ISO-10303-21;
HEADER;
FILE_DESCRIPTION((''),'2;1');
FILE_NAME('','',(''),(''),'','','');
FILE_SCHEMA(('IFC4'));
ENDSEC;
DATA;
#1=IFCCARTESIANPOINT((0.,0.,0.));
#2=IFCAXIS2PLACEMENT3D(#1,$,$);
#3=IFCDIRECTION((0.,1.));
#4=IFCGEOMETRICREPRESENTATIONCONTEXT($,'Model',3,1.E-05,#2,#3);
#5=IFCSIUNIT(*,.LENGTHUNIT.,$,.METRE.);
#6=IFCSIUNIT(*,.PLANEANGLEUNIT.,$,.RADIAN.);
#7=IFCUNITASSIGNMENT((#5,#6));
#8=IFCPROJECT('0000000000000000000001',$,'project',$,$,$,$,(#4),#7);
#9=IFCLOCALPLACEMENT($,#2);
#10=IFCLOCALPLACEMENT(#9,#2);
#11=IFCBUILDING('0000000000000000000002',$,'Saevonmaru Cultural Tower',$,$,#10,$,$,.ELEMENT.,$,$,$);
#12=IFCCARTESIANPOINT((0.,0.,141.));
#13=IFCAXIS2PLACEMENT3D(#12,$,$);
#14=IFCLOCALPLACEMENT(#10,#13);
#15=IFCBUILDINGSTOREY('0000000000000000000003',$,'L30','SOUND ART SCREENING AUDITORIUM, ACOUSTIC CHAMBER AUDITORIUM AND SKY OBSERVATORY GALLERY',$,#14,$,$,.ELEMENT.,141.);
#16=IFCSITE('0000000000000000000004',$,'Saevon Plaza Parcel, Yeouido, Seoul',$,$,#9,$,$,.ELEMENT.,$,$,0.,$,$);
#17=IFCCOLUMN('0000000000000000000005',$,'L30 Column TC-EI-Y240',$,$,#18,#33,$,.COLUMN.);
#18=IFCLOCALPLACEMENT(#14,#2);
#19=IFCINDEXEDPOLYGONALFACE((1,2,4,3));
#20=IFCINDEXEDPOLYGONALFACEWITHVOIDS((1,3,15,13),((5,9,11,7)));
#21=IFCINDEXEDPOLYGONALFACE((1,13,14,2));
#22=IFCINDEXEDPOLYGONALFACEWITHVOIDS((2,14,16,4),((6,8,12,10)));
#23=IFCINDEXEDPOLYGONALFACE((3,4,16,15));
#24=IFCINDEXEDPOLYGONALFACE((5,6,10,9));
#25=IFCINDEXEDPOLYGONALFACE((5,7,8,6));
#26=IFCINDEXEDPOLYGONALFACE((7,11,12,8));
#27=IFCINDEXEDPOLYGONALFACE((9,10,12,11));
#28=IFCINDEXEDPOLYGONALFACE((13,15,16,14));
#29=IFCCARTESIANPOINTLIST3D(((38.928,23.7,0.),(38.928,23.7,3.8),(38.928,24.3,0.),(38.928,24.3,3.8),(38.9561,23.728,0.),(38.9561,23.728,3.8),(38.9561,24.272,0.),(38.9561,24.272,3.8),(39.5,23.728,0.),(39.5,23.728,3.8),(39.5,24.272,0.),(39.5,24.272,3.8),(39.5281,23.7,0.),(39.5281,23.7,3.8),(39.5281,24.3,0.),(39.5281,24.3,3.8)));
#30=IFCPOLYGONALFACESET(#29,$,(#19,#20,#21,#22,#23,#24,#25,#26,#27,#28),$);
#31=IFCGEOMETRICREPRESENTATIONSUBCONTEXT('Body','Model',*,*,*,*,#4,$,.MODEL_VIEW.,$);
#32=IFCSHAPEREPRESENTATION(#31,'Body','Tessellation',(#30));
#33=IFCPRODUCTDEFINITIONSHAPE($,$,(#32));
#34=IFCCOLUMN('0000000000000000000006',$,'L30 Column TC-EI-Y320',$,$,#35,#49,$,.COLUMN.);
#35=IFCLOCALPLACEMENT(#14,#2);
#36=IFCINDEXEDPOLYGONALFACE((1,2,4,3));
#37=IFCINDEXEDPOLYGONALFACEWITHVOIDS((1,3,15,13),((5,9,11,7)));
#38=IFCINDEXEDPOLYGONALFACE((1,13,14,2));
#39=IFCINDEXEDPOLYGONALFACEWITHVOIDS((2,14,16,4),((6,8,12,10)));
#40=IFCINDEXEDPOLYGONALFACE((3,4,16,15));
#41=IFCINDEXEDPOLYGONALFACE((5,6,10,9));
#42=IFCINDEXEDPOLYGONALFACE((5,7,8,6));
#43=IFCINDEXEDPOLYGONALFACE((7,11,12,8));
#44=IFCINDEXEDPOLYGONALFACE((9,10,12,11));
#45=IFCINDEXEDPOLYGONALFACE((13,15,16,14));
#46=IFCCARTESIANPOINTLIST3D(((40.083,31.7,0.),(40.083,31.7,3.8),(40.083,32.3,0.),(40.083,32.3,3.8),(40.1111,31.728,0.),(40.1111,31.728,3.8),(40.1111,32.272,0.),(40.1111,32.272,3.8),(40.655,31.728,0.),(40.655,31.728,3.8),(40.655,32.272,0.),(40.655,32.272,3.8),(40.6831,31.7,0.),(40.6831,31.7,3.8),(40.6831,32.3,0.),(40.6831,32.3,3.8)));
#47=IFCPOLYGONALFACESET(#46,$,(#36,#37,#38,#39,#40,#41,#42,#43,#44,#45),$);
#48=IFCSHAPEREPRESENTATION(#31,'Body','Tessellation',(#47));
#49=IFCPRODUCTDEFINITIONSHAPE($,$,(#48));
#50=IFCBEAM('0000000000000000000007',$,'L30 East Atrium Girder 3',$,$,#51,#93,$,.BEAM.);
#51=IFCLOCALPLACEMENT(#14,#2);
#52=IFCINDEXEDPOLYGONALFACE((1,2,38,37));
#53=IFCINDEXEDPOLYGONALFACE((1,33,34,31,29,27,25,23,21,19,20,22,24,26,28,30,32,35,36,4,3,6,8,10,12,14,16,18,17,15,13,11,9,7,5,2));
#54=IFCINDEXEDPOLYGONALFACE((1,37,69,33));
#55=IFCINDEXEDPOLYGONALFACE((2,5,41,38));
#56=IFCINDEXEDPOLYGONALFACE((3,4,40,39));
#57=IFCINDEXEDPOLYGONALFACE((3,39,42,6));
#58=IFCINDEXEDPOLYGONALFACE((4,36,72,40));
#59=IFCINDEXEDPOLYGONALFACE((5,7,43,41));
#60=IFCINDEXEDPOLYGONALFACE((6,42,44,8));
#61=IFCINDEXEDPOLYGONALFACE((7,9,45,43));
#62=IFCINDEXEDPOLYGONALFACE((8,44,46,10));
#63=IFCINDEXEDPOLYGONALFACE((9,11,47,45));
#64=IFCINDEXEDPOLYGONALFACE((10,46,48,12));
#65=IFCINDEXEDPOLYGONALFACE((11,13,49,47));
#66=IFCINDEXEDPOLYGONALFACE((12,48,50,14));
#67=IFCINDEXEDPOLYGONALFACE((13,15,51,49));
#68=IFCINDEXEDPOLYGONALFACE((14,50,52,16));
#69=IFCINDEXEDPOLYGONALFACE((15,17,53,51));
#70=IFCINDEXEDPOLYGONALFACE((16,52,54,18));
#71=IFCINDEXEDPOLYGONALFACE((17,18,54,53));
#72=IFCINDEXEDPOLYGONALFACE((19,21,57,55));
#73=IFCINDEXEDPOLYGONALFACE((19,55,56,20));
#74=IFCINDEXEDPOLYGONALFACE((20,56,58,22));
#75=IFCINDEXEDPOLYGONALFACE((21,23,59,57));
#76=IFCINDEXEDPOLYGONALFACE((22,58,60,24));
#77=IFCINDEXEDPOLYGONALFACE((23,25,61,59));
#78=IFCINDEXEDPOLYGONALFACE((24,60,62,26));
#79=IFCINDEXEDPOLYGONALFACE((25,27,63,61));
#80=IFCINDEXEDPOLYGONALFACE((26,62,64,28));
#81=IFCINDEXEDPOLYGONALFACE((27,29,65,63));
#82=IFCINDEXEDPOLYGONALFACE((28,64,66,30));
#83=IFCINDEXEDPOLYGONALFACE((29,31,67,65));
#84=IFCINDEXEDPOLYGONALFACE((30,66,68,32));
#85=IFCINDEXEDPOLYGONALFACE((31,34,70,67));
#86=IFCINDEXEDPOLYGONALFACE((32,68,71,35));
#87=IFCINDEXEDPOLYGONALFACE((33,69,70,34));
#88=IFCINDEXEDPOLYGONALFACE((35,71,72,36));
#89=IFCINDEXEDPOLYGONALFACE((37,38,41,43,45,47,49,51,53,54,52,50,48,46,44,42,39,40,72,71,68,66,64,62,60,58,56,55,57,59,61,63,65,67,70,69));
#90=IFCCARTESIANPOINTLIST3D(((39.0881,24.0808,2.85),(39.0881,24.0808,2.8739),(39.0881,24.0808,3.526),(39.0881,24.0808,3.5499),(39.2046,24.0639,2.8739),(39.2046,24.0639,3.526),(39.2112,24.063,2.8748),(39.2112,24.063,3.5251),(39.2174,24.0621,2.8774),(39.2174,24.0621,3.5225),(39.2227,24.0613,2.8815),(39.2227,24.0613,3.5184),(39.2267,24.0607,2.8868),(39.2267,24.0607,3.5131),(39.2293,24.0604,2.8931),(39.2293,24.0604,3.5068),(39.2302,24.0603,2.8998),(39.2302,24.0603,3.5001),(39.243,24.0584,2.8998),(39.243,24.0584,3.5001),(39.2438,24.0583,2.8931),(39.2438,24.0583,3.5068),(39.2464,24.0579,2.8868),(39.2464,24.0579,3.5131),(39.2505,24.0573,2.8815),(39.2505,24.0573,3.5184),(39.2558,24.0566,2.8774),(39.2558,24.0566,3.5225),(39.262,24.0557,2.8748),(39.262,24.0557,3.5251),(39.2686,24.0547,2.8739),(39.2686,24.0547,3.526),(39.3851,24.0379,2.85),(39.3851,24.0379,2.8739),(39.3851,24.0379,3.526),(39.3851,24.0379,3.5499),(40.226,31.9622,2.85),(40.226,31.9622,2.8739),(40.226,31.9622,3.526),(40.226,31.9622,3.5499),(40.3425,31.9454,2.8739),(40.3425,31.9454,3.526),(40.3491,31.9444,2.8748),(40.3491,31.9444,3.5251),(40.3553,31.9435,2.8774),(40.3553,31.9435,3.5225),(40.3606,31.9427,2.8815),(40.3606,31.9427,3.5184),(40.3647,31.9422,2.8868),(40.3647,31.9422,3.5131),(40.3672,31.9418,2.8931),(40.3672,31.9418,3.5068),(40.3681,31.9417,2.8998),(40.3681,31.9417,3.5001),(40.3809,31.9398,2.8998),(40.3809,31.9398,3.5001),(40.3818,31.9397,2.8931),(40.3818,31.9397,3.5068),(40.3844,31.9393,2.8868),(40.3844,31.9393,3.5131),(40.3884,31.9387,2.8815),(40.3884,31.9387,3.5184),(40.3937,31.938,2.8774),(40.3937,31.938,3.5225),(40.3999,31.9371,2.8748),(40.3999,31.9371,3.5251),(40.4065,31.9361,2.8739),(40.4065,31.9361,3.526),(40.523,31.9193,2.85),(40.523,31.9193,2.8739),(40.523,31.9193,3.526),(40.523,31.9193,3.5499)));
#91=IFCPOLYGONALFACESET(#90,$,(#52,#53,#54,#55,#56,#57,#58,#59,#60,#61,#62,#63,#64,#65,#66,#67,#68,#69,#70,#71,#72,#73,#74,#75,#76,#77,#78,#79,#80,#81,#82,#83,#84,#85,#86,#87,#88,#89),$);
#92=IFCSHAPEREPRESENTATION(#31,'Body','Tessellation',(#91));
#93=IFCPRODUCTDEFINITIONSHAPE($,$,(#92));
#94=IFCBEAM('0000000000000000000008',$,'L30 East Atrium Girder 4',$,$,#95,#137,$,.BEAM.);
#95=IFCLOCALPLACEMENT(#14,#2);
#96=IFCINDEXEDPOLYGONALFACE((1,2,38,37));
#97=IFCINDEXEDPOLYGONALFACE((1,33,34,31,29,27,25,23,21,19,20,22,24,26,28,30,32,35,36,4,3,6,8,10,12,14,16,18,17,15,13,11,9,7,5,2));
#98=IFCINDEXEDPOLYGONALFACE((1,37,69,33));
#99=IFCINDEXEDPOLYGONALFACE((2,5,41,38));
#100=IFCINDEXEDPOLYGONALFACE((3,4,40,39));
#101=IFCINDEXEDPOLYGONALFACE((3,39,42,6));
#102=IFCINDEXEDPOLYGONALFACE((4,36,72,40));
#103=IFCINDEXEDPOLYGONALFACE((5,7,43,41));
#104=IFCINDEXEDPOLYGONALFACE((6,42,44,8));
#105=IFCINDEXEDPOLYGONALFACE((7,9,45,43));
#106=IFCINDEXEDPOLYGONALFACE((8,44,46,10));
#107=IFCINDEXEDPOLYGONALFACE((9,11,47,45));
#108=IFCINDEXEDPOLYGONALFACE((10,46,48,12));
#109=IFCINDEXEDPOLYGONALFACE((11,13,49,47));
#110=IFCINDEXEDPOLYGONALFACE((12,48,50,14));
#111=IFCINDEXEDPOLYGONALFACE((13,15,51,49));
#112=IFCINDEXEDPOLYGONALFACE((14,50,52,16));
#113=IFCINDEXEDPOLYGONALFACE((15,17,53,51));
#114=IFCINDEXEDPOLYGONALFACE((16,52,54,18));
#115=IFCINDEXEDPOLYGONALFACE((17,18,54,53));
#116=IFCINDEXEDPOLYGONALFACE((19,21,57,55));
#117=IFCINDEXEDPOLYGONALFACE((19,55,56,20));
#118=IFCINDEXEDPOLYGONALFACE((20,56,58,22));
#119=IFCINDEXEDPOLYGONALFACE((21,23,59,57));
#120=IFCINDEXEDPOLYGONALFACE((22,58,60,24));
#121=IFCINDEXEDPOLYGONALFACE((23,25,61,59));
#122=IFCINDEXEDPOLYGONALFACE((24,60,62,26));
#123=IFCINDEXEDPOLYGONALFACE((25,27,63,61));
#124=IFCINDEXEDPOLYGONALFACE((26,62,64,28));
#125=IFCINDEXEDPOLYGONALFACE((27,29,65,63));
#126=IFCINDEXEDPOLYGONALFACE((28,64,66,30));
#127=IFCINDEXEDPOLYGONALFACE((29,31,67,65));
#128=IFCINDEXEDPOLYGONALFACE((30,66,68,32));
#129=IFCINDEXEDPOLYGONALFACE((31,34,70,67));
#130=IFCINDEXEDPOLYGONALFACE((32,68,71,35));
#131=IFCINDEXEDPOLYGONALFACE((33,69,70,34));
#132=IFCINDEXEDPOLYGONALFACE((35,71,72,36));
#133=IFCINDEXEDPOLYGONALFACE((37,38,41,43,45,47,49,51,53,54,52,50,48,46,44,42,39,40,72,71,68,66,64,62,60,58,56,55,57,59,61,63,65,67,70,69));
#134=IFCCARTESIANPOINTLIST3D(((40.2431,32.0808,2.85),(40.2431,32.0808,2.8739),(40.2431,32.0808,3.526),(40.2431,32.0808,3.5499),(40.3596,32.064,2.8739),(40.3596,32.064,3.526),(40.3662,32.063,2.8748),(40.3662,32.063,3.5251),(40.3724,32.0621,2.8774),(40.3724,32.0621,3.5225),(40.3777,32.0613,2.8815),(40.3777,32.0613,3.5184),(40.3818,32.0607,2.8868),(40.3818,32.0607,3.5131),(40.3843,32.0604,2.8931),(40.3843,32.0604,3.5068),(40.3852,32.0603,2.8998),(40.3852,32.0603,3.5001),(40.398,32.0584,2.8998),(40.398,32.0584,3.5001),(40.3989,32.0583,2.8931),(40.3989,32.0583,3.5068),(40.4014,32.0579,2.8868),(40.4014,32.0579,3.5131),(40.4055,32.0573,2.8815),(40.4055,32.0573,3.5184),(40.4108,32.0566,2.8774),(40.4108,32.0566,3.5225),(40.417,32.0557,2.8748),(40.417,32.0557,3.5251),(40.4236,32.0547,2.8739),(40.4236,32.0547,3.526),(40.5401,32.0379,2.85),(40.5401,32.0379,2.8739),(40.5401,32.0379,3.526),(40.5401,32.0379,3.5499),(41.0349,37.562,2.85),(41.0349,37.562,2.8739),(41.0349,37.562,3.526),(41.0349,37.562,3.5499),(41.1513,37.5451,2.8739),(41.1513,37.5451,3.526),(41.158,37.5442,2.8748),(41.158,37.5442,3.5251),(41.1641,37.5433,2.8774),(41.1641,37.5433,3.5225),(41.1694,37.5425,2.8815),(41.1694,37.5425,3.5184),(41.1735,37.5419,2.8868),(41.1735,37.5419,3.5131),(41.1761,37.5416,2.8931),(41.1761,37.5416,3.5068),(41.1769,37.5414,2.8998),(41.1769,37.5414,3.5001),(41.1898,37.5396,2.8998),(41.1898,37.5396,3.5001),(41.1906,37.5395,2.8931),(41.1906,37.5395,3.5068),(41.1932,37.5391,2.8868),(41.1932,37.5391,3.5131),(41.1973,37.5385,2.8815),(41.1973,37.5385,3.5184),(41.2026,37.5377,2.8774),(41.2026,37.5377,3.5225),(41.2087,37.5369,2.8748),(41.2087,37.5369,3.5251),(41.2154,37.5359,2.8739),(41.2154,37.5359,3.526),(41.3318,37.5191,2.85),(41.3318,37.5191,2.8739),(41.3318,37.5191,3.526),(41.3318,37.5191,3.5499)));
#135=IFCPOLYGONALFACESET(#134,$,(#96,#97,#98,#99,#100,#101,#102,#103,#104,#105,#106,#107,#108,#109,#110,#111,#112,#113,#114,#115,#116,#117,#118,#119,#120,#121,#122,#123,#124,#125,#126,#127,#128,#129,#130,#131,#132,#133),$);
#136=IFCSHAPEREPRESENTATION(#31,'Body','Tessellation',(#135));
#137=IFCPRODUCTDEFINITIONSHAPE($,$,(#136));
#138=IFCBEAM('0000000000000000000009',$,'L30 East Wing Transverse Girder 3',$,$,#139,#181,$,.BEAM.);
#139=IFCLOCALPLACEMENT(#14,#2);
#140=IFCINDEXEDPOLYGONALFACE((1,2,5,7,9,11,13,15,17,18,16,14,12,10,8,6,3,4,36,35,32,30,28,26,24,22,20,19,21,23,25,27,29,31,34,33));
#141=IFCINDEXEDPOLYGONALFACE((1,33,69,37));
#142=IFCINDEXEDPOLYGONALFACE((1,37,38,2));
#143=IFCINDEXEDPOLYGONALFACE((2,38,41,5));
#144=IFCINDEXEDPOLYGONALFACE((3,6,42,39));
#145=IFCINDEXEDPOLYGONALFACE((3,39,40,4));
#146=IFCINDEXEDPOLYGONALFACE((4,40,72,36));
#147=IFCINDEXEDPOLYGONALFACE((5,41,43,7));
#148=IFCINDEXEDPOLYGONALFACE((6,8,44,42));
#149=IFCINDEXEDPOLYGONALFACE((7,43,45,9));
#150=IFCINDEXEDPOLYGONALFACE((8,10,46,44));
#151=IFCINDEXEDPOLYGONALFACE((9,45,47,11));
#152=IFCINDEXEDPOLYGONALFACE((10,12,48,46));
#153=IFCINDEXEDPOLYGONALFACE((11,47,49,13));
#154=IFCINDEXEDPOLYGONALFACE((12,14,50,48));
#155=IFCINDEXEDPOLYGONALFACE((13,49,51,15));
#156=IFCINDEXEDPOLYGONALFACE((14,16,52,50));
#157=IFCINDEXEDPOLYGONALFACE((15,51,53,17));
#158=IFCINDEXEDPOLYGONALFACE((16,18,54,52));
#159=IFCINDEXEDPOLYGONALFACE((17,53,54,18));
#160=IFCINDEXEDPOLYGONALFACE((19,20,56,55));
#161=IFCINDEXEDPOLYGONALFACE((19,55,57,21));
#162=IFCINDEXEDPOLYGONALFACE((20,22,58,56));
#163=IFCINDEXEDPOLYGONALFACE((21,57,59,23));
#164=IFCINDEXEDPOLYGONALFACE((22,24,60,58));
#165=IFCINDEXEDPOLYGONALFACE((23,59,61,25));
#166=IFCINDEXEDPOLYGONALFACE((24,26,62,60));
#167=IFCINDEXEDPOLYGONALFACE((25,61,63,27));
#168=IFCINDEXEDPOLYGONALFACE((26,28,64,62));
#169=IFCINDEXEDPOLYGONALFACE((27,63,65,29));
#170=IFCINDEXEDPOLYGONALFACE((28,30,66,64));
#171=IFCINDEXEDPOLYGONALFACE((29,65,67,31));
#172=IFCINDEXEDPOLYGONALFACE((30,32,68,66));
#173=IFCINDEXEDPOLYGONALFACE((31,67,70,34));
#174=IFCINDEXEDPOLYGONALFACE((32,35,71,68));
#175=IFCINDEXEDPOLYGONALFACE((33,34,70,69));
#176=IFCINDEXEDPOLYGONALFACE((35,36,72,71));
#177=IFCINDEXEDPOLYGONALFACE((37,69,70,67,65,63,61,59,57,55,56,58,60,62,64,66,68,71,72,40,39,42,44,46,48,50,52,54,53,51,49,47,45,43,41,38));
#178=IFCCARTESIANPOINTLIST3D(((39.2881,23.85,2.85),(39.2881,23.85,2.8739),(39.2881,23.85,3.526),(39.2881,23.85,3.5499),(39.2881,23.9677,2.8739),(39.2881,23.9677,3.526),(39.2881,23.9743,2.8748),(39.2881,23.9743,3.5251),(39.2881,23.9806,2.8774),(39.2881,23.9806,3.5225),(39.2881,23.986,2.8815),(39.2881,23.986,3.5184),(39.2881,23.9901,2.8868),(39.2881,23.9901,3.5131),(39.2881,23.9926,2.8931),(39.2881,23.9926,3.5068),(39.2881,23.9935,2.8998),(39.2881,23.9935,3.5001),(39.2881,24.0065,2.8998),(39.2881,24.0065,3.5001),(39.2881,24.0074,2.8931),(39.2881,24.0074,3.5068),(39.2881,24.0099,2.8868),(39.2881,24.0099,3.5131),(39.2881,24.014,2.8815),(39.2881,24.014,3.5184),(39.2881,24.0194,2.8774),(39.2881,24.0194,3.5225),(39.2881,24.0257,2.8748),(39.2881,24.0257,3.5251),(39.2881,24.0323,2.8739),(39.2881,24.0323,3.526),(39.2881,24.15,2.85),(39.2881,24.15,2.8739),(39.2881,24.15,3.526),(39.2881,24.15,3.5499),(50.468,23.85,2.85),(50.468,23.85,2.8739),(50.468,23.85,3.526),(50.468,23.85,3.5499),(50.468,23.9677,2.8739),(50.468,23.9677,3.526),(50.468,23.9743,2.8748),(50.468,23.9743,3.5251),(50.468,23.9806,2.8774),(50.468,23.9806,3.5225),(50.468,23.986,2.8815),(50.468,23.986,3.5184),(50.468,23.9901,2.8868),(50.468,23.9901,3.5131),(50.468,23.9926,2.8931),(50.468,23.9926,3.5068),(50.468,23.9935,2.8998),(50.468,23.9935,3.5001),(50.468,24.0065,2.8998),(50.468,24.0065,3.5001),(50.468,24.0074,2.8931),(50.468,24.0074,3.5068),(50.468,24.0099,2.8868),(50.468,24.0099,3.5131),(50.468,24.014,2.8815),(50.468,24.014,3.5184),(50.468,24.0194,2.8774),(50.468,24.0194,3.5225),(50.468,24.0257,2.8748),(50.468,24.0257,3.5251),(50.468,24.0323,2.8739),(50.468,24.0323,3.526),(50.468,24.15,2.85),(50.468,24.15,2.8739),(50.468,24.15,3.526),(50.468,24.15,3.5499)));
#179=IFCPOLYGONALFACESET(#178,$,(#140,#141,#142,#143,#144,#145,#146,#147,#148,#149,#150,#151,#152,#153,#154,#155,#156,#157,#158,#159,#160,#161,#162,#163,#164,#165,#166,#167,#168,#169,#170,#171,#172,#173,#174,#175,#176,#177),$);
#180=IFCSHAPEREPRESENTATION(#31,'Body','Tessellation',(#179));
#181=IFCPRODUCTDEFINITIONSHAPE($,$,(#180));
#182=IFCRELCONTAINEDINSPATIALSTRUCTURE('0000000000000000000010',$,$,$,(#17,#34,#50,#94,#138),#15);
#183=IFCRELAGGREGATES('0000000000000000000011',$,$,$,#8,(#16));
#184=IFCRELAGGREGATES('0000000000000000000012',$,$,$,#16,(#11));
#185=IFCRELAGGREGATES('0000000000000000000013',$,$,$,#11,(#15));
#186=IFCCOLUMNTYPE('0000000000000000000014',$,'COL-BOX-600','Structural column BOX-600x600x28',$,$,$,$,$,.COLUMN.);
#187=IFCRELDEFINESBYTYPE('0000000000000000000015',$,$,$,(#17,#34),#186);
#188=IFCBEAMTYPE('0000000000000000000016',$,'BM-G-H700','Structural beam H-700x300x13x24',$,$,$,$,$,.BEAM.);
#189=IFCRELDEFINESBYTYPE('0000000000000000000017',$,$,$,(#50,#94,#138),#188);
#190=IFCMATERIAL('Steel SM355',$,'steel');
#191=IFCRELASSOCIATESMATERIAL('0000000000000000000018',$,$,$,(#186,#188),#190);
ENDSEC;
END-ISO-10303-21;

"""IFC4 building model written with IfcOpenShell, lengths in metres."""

from ifc_helpers import new_model, si_unit, direction, frame, origin, origin_2d, place, context, subcontext, project, spatial, hollow_rectangle, i_section, extrude, material, material_profile, profile_set, type_object, element, save


model = new_model("IFC4")

# Units and contexts
model_context = context("Model", 3, precision=1e-05, world=origin(), true_north=direction((0.0, 1.0)))
body_context = subcontext(model_context, "Body", "Model", "MODEL_VIEW")
ifc_project = project(units=[si_unit("LENGTHUNIT", "METRE"), si_unit("PLANEANGLEUNIT", "RADIAN")], contexts=[model_context])

# Site, building, storey
site_placement = place(None, origin())
site = spatial("IfcSite", under=ifc_project, at=site_placement, Name="Saevon Plaza Parcel, Yeouido, Seoul", CompositionType="ELEMENT", RefElevation=0.0)
building_placement = place(site_placement, origin())
building = spatial("IfcBuilding", under=site, at=building_placement, Name="Saevonmaru Cultural Tower", CompositionType="ELEMENT")
storey_placement = place(building_placement, frame((0.0, 0.0, 141.0)))
storey = spatial("IfcBuildingStorey", under=building, at=storey_placement, Name="L30", Description="SOUND ART SCREENING AUDITORIUM, ACOUSTIC CHAMBER AUDITORIUM AND SKY OBSERVATORY GALLERY", CompositionType="ELEMENT", Elevation=141.0)

# Columns
ifc_material_1 = material(Name="Steel SM355", Category="steel")
ifc_material_profile_1 = material_profile(ifc_material_1, hollow_rectangle(XDim=0.6001, YDim=0.6001, WallThickness=0.0281, at=origin_2d()), Name="BOX-600x600x28")
ifc_profile_set_1 = profile_set([ifc_material_profile_1], Name="Steel SM355")
column_type = type_object("IfcColumnType", Name="COL-BOX-600", Description="Structural column BOX-600x600x28", PredefinedType="COLUMN", material=ifc_profile_set_1)
for number, where, z_axis, x_axis, name in (
    (1, (39.228, 24.0, 0.0), (0.0, 0.0, 1.0), (1.0, 0.0, 0.0), "L30 Column TC-EI-Y240"),
    (2, (40.3831, 32.0, 0.0), (0.0, 0.0, 1.0), (1.0, 0.0, 0.0), "L30 Column TC-EI-Y320"),
):
    element("IfcColumn", number, at=place(storey_placement, frame(where, z_axis=z_axis, x_axis=x_axis)), inside=storey, type_object=column_type, Name=name, PredefinedType="COLUMN", context=body_context, shape_type="SweptSolid", body=[
        extrude(hollow_rectangle(XDim=0.6001, YDim=0.6001, WallThickness=0.0281, at=origin_2d()), origin(), (0.0, 0.0, 1.0), 3.8),
    ])

# Beams
ifc_material_profile_2 = material_profile(ifc_material_1, i_section(OverallWidth=0.3, OverallDepth=0.7, WebThickness=0.0129, FlangeThickness=0.0239, FilletRadius=0.0259, at=origin_2d()), Name="H-700x300x13x24")
ifc_profile_set_2 = profile_set([ifc_material_profile_2], Name="Steel SM355")
beam_type_1 = type_object("IfcBeamType", Name="BM-G-H700", Description="Structural beam H-700x300x13x24", PredefinedType="BEAM", material=ifc_profile_set_2)
beam_1_placement = place(storey_placement, frame((39.2366, 24.0593, 3.2), z_axis=(0.142902, 0.989737, 0.0), x_axis=(-0.989737, 0.142902, 0.0)))
element("IfcBeam", 3, at=beam_1_placement, inside=storey, type_object=beam_type_1, Name="L30 East Atrium Girder 3", PredefinedType="BEAM", context=body_context, shape_type="SweptSolid", body=[
    extrude(i_section(OverallWidth=0.3, OverallDepth=0.7, WebThickness=0.0129, FlangeThickness=0.0239, FilletRadius=0.0259, at=origin_2d()), origin(), (0.0, 0.0, 1.0), 7.9631),
])
beam_2_placement = place(storey_placement, frame((40.3916, 32.0593, 3.2), z_axis=(0.142964, 0.989728, 0.0), x_axis=(-0.989728, 0.142964, 0.0)))
element("IfcBeam", 4, at=beam_2_placement, inside=storey, type_object=beam_type_1, Name="L30 East Atrium Girder 4", PredefinedType="BEAM", context=body_context, shape_type="SweptSolid", body=[
    extrude(i_section(OverallWidth=0.3, OverallDepth=0.7, WebThickness=0.0129, FlangeThickness=0.0239, FilletRadius=0.0259, at=origin_2d()), origin(), (0.0, 0.0, 1.0), 5.5381),
])
for number, where, z_axis, x_axis, name in (
    (5, (39.2881, 24.0, 3.2), (1.0, 0.0, 0.0), (0.0, 1.0, 0.0), "L30 East Wing Transverse Girder 3"),
):
    element("IfcBeam", number, at=place(storey_placement, frame(where, z_axis=z_axis, x_axis=x_axis)), inside=storey, type_object=beam_type_1, Name=name, PredefinedType="BEAM", context=body_context, shape_type="SweptSolid", body=[
        extrude(i_section(OverallWidth=0.3, OverallDepth=0.7, WebThickness=0.0129, FlangeThickness=0.0239, FilletRadius=0.0259, at=origin_2d()), origin(), (0.0, 0.0, 1.0), 11.1799),
    ])

save(model, "model.ifc")
